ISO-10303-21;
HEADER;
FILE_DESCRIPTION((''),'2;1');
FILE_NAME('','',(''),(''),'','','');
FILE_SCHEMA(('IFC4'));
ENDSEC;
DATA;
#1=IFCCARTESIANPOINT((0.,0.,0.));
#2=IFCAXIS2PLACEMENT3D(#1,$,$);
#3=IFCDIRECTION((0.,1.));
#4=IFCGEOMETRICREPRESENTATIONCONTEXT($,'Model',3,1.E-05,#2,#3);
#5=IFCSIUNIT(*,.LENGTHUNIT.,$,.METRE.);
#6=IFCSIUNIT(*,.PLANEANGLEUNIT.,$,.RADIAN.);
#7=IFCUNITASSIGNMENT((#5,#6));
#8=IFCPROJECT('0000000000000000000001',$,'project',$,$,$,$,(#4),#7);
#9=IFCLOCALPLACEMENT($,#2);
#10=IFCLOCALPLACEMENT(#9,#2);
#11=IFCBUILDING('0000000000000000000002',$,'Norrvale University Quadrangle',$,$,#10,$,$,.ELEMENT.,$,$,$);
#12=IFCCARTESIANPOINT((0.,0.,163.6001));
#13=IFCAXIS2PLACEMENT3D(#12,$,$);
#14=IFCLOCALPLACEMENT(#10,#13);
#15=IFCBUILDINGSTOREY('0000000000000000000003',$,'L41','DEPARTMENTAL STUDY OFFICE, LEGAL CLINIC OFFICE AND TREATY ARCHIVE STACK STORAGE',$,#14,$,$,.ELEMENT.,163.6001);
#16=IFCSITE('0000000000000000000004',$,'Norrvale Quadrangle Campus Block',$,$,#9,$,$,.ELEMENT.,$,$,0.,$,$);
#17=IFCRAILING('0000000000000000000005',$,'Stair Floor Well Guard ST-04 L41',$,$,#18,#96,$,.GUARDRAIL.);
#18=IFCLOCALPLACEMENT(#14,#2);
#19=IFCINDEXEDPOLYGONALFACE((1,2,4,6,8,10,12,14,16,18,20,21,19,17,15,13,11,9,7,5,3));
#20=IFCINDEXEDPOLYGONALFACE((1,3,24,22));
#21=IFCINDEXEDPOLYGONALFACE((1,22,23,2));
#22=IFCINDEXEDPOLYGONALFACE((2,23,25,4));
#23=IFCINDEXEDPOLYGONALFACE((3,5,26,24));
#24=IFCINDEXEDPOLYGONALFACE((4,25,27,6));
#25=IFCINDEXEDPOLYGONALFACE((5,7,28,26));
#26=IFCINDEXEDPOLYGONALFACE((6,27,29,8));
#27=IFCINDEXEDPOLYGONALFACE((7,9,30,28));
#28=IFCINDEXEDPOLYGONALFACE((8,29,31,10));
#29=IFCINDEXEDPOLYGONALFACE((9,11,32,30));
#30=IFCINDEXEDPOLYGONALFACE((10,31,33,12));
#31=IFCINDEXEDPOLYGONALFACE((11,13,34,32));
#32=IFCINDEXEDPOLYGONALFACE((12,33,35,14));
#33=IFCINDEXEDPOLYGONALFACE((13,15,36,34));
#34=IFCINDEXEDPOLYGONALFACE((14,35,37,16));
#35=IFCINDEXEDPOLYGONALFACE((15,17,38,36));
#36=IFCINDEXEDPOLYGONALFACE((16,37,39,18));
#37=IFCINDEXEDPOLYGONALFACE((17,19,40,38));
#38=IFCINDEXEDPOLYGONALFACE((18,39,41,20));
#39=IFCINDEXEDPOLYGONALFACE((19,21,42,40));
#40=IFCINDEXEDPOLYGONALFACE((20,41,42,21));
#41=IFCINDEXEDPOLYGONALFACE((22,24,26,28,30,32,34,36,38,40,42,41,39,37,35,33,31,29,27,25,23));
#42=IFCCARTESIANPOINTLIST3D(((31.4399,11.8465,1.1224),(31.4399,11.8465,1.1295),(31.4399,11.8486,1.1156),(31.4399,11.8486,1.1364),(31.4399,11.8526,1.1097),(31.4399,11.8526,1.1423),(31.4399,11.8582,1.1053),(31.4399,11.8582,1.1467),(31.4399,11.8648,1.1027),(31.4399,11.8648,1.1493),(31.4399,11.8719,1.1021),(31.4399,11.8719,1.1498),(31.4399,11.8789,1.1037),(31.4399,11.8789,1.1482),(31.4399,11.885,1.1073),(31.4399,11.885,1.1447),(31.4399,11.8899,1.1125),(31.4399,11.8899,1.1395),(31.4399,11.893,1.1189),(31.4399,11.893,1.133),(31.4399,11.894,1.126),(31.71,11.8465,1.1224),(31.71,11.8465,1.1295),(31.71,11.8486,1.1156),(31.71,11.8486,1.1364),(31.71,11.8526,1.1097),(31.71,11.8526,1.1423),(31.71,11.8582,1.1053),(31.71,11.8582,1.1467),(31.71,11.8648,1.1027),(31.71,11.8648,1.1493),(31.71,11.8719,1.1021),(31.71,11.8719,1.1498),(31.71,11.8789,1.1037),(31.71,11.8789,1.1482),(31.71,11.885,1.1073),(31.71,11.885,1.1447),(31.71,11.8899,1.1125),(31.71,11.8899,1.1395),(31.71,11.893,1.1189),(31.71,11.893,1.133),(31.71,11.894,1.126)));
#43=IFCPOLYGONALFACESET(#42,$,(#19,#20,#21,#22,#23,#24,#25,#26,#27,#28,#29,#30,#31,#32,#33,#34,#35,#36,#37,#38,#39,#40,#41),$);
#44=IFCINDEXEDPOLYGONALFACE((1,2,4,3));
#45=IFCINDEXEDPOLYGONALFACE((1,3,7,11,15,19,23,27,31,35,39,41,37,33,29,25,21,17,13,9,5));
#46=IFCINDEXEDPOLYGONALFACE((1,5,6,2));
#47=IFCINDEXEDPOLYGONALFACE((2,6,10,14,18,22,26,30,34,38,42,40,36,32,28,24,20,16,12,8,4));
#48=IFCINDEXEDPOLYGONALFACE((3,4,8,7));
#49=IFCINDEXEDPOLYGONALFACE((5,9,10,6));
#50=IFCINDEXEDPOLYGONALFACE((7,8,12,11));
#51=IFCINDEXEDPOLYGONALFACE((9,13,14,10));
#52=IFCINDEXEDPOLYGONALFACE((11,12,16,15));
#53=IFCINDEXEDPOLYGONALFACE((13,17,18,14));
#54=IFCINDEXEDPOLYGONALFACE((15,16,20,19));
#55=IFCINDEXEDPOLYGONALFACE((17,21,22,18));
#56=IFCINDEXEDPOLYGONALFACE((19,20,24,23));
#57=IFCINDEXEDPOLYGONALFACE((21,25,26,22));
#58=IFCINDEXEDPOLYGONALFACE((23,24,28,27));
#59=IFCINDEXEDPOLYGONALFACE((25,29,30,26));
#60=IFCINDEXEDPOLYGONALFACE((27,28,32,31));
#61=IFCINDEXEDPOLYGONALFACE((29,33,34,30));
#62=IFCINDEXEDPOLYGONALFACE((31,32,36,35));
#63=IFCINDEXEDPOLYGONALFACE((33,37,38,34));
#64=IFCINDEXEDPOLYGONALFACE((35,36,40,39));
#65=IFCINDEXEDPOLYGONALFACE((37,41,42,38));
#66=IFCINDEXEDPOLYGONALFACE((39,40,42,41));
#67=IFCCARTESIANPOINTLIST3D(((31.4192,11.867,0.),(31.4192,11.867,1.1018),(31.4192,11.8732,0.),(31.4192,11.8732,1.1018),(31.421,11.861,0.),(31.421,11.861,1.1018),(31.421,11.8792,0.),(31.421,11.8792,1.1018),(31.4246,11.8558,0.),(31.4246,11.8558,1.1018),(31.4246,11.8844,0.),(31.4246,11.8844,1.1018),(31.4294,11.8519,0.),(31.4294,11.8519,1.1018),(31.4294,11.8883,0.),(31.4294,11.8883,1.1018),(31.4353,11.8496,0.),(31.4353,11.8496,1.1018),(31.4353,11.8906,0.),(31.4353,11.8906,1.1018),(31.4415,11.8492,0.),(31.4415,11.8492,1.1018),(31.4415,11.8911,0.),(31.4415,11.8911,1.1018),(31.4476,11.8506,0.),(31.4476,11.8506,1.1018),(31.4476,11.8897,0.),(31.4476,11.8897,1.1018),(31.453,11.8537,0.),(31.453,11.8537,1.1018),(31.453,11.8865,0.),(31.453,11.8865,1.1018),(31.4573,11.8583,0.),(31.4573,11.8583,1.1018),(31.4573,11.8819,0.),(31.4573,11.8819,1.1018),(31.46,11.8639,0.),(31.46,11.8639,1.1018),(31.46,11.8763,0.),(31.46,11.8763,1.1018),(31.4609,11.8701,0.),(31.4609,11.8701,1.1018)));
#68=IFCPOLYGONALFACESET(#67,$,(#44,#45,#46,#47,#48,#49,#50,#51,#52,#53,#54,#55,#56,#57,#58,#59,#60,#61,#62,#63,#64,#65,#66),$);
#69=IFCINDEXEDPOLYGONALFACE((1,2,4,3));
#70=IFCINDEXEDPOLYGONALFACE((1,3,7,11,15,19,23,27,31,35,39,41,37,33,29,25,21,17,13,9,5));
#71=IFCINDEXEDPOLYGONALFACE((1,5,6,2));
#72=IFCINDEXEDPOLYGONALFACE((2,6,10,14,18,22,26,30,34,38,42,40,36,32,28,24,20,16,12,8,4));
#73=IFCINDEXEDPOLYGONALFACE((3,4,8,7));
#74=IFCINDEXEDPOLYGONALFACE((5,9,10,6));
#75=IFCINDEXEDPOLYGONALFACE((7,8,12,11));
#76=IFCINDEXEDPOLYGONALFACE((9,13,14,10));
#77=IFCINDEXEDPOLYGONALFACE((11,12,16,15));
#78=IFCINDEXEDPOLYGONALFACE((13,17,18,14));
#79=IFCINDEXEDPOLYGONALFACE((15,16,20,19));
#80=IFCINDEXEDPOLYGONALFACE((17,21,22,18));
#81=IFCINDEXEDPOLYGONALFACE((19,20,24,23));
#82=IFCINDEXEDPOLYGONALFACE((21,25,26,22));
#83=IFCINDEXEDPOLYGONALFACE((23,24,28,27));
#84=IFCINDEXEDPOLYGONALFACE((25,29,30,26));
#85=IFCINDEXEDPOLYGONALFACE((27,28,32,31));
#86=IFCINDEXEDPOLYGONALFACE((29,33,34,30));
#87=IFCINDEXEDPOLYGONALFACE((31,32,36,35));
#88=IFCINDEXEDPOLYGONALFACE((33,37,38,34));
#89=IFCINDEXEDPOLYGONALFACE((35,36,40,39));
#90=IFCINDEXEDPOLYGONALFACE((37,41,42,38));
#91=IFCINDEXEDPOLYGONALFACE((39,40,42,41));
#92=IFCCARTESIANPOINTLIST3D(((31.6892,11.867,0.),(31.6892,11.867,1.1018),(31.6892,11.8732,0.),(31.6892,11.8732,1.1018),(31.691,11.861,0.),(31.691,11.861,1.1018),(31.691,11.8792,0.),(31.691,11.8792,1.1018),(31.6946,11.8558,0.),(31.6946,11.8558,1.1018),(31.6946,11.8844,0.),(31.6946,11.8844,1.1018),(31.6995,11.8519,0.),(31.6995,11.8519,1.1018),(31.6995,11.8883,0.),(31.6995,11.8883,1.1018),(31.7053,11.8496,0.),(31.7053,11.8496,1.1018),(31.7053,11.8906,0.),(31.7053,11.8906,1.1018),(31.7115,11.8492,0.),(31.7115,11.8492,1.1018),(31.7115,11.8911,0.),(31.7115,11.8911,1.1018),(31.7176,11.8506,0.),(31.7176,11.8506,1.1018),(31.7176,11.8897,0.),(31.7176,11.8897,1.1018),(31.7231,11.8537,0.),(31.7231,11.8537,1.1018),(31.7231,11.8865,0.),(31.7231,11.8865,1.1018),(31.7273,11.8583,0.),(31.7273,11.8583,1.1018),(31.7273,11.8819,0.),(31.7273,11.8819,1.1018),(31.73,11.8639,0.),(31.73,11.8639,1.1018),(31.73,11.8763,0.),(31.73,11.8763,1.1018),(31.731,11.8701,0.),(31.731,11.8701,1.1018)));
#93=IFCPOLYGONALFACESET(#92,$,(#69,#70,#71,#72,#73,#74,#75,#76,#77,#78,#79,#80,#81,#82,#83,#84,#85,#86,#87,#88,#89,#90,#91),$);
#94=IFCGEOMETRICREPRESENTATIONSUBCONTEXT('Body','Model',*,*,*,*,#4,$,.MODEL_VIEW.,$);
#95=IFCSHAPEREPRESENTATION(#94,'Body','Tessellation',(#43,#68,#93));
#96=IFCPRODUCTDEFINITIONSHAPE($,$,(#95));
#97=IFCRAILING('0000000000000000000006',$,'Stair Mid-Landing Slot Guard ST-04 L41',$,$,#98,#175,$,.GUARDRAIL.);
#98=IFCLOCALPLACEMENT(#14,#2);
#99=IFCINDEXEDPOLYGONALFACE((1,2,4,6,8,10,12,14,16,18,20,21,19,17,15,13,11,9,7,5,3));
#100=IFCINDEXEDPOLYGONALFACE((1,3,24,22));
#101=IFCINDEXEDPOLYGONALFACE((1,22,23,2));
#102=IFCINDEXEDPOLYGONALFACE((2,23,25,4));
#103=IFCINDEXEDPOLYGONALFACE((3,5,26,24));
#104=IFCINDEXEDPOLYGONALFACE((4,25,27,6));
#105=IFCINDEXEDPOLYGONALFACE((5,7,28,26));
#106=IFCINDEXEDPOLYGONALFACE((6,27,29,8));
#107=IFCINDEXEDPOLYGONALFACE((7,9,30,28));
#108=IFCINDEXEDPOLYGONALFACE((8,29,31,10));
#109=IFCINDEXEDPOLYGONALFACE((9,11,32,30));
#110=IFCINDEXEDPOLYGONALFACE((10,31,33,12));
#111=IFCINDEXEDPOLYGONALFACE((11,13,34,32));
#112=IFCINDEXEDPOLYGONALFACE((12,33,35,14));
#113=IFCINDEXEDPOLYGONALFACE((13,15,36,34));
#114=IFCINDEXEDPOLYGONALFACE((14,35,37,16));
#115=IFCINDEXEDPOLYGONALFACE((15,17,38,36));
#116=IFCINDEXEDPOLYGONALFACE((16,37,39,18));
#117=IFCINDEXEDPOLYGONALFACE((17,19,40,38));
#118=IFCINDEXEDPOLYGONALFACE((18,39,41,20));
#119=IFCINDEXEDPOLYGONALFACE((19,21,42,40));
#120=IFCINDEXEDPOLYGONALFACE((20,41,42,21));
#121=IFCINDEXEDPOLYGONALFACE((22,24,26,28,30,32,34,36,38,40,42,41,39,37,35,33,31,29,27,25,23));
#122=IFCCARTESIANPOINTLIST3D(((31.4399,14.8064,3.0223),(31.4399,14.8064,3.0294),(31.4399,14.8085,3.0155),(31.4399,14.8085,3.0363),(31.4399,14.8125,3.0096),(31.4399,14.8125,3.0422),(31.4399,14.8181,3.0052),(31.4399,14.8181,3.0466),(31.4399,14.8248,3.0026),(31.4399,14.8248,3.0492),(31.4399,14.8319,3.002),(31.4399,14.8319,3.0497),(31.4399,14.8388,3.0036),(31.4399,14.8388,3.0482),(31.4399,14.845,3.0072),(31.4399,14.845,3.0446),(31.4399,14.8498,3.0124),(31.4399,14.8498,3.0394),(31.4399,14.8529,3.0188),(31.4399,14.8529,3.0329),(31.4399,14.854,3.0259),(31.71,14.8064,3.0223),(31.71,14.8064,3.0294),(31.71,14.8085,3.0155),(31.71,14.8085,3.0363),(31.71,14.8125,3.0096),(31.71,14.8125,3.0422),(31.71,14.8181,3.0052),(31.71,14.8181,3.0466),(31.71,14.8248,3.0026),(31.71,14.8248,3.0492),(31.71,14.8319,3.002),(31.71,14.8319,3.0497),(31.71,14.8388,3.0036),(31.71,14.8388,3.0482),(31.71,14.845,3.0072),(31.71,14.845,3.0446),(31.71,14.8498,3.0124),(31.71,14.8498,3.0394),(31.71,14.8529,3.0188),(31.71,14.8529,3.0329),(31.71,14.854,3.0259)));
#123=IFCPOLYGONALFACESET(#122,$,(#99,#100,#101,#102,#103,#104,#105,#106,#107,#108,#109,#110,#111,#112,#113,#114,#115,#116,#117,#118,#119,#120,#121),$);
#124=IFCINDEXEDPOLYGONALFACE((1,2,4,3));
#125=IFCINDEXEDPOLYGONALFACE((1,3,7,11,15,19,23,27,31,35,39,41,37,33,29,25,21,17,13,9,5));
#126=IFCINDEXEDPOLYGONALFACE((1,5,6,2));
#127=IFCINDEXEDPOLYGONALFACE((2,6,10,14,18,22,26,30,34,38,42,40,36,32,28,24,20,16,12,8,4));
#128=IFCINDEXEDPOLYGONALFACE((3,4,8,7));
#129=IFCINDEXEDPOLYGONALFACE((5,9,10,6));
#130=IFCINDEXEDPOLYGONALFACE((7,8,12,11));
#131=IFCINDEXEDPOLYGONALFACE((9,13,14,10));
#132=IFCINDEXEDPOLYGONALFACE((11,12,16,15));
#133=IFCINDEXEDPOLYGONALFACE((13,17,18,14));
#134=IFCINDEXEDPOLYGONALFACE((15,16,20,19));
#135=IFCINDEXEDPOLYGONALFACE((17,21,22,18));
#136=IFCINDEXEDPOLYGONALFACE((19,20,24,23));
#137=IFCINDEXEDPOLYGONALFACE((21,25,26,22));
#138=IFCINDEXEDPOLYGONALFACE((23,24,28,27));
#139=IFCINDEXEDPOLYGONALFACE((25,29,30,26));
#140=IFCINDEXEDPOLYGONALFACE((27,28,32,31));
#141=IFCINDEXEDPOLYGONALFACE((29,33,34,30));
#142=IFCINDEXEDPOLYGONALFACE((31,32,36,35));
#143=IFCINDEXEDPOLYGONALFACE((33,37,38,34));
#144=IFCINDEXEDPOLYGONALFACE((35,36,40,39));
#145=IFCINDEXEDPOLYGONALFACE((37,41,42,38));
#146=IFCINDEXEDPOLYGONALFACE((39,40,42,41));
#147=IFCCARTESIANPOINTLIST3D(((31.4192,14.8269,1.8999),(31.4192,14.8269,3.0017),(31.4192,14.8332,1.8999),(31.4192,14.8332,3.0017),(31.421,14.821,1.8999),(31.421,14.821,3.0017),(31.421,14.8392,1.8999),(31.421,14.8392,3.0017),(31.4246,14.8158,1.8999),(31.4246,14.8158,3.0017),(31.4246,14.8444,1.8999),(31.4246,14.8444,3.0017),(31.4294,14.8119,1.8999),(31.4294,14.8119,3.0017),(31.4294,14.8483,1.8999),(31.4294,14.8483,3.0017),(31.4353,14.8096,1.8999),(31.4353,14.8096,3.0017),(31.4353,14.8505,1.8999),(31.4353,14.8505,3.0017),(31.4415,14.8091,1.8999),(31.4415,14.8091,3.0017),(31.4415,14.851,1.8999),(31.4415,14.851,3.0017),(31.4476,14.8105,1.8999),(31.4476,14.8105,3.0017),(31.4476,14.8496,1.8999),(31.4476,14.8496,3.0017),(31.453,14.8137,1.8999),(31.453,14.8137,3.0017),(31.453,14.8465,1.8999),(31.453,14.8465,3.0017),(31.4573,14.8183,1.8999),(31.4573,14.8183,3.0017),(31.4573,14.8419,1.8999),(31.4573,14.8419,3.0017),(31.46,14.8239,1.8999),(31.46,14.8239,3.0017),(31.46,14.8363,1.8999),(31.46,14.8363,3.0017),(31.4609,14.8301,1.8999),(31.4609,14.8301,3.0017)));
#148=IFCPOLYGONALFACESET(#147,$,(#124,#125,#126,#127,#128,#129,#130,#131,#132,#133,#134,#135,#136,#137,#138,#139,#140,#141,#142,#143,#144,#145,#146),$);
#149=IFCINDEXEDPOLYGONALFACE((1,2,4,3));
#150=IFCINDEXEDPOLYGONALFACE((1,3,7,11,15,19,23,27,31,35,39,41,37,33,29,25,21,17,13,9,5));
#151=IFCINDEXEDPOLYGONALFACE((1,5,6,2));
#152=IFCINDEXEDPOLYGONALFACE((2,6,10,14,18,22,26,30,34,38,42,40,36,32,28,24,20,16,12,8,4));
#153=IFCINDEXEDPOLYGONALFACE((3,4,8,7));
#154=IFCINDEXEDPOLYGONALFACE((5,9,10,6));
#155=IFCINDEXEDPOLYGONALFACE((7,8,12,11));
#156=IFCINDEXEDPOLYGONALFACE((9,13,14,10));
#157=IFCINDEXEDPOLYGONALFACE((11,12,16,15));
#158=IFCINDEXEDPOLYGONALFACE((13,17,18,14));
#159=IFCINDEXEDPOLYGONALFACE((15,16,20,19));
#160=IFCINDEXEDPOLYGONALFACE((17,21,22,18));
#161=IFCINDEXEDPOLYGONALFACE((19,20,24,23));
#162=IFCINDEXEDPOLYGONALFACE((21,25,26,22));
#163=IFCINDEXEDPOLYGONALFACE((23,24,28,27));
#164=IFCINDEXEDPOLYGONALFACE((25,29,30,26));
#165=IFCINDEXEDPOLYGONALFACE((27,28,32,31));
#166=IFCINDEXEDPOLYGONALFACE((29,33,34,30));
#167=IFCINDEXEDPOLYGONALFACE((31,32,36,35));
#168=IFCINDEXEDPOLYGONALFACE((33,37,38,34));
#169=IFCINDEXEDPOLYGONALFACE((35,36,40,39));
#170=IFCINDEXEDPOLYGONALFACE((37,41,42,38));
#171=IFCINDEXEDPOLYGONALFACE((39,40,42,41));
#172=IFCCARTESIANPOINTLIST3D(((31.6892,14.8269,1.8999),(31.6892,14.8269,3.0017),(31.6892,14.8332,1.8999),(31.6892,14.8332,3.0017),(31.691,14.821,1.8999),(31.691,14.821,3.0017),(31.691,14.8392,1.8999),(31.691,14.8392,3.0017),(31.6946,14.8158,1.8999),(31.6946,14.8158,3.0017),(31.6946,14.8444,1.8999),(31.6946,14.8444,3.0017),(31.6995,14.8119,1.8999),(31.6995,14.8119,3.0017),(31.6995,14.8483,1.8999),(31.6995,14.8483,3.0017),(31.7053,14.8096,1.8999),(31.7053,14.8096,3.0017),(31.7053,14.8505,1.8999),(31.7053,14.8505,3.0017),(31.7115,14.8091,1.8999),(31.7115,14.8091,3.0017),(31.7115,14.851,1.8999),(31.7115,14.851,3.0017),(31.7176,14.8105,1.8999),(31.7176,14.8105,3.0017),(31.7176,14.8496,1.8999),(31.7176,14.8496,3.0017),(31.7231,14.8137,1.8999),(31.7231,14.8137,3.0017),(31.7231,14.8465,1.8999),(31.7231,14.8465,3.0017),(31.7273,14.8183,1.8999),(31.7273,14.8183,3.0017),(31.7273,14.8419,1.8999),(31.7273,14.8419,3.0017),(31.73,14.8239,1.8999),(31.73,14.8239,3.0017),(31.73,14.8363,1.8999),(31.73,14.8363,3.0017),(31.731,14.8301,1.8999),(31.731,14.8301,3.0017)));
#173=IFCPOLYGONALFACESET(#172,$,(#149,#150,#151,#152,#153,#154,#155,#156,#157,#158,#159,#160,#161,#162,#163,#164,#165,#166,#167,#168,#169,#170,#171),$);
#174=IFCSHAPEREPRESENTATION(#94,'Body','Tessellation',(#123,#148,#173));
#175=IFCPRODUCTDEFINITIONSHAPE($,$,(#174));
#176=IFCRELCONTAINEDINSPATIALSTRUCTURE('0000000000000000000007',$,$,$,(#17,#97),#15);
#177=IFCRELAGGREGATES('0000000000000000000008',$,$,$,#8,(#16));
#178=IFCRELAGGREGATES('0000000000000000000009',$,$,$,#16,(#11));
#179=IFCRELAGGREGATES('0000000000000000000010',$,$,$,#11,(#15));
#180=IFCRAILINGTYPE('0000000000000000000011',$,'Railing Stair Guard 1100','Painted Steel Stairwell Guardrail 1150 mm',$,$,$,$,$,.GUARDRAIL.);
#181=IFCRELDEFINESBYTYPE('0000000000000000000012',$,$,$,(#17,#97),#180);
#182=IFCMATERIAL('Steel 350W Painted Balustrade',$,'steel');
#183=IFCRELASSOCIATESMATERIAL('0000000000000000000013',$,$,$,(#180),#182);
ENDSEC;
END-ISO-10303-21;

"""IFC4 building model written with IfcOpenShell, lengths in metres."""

from ifc_helpers import new_model, si_unit, direction, frame, origin, origin_2d, place, context, subcontext, project, spatial, circle, extrude, material, type_object, element, save


model = new_model("IFC4")

# Units and contexts
model_context = context("Model", 3, precision=1e-05, world=origin(), true_north=direction((0.0, 1.0)))
body_context = subcontext(model_context, "Body", "Model", "MODEL_VIEW")
ifc_project = project(units=[si_unit("LENGTHUNIT", "METRE"), si_unit("PLANEANGLEUNIT", "RADIAN")], contexts=[model_context])

# Site, building, storey
site_placement = place(None, origin())
site = spatial("IfcSite", under=ifc_project, at=site_placement, Name="Norrvale Quadrangle Campus Block", CompositionType="ELEMENT", RefElevation=0.0)
building_placement = place(site_placement, origin())
building = spatial("IfcBuilding", under=site, at=building_placement, Name="Norrvale University Quadrangle", CompositionType="ELEMENT")
storey_placement = place(building_placement, frame((0.0, 0.0, 163.6001)))
storey = spatial("IfcBuildingStorey", under=building, at=storey_placement, Name="L41", Description="DEPARTMENTAL STUDY OFFICE, LEGAL CLINIC OFFICE AND TREATY ARCHIVE STACK STORAGE", CompositionType="ELEMENT", Elevation=163.6001)

# Railings
ifc_material_1 = material(Name="Steel 350W Painted Balustrade", Category="steel")
railing_type_1 = type_object("IfcRailingType", Name="Railing Stair Guard 1100", Description="Painted Steel Stairwell Guardrail 1150 mm", PredefinedType="GUARDRAIL", material=ifc_material_1)
for number, where, name in (
    (1, (31.4399, 11.8701, 0.0), "Stair Floor Well Guard ST-04 L41"),
    (2, (31.4399, 14.8301, 1.8999), "Stair Mid-Landing Slot Guard ST-04 L41"),
):
    element("IfcRailing", number, at=place(storey_placement, frame(where)), inside=storey, type_object=railing_type_1, Name=name, PredefinedType="GUARDRAIL", context=body_context, shape_type="SweptSolid", body=[
        extrude(circle(Radius=0.0239, at=origin_2d()), frame((0.0, 0.0, 1.126), z_axis=(1.0, 0.0, 0.0), x_axis=(0.0, 1.0, 0.0)), (0.0, 0.0, 1.0), 0.27),
        extrude(circle(Radius=0.021, at=origin_2d()), origin(), (0.0, 0.0, 1.0), 1.1018),
        extrude(circle(Radius=0.021, at=origin_2d()), frame((0.27, 0.0, 0.0)), (0.0, 0.0, 1.0), 1.1018),
    ])

save(model, "model.ifc")
